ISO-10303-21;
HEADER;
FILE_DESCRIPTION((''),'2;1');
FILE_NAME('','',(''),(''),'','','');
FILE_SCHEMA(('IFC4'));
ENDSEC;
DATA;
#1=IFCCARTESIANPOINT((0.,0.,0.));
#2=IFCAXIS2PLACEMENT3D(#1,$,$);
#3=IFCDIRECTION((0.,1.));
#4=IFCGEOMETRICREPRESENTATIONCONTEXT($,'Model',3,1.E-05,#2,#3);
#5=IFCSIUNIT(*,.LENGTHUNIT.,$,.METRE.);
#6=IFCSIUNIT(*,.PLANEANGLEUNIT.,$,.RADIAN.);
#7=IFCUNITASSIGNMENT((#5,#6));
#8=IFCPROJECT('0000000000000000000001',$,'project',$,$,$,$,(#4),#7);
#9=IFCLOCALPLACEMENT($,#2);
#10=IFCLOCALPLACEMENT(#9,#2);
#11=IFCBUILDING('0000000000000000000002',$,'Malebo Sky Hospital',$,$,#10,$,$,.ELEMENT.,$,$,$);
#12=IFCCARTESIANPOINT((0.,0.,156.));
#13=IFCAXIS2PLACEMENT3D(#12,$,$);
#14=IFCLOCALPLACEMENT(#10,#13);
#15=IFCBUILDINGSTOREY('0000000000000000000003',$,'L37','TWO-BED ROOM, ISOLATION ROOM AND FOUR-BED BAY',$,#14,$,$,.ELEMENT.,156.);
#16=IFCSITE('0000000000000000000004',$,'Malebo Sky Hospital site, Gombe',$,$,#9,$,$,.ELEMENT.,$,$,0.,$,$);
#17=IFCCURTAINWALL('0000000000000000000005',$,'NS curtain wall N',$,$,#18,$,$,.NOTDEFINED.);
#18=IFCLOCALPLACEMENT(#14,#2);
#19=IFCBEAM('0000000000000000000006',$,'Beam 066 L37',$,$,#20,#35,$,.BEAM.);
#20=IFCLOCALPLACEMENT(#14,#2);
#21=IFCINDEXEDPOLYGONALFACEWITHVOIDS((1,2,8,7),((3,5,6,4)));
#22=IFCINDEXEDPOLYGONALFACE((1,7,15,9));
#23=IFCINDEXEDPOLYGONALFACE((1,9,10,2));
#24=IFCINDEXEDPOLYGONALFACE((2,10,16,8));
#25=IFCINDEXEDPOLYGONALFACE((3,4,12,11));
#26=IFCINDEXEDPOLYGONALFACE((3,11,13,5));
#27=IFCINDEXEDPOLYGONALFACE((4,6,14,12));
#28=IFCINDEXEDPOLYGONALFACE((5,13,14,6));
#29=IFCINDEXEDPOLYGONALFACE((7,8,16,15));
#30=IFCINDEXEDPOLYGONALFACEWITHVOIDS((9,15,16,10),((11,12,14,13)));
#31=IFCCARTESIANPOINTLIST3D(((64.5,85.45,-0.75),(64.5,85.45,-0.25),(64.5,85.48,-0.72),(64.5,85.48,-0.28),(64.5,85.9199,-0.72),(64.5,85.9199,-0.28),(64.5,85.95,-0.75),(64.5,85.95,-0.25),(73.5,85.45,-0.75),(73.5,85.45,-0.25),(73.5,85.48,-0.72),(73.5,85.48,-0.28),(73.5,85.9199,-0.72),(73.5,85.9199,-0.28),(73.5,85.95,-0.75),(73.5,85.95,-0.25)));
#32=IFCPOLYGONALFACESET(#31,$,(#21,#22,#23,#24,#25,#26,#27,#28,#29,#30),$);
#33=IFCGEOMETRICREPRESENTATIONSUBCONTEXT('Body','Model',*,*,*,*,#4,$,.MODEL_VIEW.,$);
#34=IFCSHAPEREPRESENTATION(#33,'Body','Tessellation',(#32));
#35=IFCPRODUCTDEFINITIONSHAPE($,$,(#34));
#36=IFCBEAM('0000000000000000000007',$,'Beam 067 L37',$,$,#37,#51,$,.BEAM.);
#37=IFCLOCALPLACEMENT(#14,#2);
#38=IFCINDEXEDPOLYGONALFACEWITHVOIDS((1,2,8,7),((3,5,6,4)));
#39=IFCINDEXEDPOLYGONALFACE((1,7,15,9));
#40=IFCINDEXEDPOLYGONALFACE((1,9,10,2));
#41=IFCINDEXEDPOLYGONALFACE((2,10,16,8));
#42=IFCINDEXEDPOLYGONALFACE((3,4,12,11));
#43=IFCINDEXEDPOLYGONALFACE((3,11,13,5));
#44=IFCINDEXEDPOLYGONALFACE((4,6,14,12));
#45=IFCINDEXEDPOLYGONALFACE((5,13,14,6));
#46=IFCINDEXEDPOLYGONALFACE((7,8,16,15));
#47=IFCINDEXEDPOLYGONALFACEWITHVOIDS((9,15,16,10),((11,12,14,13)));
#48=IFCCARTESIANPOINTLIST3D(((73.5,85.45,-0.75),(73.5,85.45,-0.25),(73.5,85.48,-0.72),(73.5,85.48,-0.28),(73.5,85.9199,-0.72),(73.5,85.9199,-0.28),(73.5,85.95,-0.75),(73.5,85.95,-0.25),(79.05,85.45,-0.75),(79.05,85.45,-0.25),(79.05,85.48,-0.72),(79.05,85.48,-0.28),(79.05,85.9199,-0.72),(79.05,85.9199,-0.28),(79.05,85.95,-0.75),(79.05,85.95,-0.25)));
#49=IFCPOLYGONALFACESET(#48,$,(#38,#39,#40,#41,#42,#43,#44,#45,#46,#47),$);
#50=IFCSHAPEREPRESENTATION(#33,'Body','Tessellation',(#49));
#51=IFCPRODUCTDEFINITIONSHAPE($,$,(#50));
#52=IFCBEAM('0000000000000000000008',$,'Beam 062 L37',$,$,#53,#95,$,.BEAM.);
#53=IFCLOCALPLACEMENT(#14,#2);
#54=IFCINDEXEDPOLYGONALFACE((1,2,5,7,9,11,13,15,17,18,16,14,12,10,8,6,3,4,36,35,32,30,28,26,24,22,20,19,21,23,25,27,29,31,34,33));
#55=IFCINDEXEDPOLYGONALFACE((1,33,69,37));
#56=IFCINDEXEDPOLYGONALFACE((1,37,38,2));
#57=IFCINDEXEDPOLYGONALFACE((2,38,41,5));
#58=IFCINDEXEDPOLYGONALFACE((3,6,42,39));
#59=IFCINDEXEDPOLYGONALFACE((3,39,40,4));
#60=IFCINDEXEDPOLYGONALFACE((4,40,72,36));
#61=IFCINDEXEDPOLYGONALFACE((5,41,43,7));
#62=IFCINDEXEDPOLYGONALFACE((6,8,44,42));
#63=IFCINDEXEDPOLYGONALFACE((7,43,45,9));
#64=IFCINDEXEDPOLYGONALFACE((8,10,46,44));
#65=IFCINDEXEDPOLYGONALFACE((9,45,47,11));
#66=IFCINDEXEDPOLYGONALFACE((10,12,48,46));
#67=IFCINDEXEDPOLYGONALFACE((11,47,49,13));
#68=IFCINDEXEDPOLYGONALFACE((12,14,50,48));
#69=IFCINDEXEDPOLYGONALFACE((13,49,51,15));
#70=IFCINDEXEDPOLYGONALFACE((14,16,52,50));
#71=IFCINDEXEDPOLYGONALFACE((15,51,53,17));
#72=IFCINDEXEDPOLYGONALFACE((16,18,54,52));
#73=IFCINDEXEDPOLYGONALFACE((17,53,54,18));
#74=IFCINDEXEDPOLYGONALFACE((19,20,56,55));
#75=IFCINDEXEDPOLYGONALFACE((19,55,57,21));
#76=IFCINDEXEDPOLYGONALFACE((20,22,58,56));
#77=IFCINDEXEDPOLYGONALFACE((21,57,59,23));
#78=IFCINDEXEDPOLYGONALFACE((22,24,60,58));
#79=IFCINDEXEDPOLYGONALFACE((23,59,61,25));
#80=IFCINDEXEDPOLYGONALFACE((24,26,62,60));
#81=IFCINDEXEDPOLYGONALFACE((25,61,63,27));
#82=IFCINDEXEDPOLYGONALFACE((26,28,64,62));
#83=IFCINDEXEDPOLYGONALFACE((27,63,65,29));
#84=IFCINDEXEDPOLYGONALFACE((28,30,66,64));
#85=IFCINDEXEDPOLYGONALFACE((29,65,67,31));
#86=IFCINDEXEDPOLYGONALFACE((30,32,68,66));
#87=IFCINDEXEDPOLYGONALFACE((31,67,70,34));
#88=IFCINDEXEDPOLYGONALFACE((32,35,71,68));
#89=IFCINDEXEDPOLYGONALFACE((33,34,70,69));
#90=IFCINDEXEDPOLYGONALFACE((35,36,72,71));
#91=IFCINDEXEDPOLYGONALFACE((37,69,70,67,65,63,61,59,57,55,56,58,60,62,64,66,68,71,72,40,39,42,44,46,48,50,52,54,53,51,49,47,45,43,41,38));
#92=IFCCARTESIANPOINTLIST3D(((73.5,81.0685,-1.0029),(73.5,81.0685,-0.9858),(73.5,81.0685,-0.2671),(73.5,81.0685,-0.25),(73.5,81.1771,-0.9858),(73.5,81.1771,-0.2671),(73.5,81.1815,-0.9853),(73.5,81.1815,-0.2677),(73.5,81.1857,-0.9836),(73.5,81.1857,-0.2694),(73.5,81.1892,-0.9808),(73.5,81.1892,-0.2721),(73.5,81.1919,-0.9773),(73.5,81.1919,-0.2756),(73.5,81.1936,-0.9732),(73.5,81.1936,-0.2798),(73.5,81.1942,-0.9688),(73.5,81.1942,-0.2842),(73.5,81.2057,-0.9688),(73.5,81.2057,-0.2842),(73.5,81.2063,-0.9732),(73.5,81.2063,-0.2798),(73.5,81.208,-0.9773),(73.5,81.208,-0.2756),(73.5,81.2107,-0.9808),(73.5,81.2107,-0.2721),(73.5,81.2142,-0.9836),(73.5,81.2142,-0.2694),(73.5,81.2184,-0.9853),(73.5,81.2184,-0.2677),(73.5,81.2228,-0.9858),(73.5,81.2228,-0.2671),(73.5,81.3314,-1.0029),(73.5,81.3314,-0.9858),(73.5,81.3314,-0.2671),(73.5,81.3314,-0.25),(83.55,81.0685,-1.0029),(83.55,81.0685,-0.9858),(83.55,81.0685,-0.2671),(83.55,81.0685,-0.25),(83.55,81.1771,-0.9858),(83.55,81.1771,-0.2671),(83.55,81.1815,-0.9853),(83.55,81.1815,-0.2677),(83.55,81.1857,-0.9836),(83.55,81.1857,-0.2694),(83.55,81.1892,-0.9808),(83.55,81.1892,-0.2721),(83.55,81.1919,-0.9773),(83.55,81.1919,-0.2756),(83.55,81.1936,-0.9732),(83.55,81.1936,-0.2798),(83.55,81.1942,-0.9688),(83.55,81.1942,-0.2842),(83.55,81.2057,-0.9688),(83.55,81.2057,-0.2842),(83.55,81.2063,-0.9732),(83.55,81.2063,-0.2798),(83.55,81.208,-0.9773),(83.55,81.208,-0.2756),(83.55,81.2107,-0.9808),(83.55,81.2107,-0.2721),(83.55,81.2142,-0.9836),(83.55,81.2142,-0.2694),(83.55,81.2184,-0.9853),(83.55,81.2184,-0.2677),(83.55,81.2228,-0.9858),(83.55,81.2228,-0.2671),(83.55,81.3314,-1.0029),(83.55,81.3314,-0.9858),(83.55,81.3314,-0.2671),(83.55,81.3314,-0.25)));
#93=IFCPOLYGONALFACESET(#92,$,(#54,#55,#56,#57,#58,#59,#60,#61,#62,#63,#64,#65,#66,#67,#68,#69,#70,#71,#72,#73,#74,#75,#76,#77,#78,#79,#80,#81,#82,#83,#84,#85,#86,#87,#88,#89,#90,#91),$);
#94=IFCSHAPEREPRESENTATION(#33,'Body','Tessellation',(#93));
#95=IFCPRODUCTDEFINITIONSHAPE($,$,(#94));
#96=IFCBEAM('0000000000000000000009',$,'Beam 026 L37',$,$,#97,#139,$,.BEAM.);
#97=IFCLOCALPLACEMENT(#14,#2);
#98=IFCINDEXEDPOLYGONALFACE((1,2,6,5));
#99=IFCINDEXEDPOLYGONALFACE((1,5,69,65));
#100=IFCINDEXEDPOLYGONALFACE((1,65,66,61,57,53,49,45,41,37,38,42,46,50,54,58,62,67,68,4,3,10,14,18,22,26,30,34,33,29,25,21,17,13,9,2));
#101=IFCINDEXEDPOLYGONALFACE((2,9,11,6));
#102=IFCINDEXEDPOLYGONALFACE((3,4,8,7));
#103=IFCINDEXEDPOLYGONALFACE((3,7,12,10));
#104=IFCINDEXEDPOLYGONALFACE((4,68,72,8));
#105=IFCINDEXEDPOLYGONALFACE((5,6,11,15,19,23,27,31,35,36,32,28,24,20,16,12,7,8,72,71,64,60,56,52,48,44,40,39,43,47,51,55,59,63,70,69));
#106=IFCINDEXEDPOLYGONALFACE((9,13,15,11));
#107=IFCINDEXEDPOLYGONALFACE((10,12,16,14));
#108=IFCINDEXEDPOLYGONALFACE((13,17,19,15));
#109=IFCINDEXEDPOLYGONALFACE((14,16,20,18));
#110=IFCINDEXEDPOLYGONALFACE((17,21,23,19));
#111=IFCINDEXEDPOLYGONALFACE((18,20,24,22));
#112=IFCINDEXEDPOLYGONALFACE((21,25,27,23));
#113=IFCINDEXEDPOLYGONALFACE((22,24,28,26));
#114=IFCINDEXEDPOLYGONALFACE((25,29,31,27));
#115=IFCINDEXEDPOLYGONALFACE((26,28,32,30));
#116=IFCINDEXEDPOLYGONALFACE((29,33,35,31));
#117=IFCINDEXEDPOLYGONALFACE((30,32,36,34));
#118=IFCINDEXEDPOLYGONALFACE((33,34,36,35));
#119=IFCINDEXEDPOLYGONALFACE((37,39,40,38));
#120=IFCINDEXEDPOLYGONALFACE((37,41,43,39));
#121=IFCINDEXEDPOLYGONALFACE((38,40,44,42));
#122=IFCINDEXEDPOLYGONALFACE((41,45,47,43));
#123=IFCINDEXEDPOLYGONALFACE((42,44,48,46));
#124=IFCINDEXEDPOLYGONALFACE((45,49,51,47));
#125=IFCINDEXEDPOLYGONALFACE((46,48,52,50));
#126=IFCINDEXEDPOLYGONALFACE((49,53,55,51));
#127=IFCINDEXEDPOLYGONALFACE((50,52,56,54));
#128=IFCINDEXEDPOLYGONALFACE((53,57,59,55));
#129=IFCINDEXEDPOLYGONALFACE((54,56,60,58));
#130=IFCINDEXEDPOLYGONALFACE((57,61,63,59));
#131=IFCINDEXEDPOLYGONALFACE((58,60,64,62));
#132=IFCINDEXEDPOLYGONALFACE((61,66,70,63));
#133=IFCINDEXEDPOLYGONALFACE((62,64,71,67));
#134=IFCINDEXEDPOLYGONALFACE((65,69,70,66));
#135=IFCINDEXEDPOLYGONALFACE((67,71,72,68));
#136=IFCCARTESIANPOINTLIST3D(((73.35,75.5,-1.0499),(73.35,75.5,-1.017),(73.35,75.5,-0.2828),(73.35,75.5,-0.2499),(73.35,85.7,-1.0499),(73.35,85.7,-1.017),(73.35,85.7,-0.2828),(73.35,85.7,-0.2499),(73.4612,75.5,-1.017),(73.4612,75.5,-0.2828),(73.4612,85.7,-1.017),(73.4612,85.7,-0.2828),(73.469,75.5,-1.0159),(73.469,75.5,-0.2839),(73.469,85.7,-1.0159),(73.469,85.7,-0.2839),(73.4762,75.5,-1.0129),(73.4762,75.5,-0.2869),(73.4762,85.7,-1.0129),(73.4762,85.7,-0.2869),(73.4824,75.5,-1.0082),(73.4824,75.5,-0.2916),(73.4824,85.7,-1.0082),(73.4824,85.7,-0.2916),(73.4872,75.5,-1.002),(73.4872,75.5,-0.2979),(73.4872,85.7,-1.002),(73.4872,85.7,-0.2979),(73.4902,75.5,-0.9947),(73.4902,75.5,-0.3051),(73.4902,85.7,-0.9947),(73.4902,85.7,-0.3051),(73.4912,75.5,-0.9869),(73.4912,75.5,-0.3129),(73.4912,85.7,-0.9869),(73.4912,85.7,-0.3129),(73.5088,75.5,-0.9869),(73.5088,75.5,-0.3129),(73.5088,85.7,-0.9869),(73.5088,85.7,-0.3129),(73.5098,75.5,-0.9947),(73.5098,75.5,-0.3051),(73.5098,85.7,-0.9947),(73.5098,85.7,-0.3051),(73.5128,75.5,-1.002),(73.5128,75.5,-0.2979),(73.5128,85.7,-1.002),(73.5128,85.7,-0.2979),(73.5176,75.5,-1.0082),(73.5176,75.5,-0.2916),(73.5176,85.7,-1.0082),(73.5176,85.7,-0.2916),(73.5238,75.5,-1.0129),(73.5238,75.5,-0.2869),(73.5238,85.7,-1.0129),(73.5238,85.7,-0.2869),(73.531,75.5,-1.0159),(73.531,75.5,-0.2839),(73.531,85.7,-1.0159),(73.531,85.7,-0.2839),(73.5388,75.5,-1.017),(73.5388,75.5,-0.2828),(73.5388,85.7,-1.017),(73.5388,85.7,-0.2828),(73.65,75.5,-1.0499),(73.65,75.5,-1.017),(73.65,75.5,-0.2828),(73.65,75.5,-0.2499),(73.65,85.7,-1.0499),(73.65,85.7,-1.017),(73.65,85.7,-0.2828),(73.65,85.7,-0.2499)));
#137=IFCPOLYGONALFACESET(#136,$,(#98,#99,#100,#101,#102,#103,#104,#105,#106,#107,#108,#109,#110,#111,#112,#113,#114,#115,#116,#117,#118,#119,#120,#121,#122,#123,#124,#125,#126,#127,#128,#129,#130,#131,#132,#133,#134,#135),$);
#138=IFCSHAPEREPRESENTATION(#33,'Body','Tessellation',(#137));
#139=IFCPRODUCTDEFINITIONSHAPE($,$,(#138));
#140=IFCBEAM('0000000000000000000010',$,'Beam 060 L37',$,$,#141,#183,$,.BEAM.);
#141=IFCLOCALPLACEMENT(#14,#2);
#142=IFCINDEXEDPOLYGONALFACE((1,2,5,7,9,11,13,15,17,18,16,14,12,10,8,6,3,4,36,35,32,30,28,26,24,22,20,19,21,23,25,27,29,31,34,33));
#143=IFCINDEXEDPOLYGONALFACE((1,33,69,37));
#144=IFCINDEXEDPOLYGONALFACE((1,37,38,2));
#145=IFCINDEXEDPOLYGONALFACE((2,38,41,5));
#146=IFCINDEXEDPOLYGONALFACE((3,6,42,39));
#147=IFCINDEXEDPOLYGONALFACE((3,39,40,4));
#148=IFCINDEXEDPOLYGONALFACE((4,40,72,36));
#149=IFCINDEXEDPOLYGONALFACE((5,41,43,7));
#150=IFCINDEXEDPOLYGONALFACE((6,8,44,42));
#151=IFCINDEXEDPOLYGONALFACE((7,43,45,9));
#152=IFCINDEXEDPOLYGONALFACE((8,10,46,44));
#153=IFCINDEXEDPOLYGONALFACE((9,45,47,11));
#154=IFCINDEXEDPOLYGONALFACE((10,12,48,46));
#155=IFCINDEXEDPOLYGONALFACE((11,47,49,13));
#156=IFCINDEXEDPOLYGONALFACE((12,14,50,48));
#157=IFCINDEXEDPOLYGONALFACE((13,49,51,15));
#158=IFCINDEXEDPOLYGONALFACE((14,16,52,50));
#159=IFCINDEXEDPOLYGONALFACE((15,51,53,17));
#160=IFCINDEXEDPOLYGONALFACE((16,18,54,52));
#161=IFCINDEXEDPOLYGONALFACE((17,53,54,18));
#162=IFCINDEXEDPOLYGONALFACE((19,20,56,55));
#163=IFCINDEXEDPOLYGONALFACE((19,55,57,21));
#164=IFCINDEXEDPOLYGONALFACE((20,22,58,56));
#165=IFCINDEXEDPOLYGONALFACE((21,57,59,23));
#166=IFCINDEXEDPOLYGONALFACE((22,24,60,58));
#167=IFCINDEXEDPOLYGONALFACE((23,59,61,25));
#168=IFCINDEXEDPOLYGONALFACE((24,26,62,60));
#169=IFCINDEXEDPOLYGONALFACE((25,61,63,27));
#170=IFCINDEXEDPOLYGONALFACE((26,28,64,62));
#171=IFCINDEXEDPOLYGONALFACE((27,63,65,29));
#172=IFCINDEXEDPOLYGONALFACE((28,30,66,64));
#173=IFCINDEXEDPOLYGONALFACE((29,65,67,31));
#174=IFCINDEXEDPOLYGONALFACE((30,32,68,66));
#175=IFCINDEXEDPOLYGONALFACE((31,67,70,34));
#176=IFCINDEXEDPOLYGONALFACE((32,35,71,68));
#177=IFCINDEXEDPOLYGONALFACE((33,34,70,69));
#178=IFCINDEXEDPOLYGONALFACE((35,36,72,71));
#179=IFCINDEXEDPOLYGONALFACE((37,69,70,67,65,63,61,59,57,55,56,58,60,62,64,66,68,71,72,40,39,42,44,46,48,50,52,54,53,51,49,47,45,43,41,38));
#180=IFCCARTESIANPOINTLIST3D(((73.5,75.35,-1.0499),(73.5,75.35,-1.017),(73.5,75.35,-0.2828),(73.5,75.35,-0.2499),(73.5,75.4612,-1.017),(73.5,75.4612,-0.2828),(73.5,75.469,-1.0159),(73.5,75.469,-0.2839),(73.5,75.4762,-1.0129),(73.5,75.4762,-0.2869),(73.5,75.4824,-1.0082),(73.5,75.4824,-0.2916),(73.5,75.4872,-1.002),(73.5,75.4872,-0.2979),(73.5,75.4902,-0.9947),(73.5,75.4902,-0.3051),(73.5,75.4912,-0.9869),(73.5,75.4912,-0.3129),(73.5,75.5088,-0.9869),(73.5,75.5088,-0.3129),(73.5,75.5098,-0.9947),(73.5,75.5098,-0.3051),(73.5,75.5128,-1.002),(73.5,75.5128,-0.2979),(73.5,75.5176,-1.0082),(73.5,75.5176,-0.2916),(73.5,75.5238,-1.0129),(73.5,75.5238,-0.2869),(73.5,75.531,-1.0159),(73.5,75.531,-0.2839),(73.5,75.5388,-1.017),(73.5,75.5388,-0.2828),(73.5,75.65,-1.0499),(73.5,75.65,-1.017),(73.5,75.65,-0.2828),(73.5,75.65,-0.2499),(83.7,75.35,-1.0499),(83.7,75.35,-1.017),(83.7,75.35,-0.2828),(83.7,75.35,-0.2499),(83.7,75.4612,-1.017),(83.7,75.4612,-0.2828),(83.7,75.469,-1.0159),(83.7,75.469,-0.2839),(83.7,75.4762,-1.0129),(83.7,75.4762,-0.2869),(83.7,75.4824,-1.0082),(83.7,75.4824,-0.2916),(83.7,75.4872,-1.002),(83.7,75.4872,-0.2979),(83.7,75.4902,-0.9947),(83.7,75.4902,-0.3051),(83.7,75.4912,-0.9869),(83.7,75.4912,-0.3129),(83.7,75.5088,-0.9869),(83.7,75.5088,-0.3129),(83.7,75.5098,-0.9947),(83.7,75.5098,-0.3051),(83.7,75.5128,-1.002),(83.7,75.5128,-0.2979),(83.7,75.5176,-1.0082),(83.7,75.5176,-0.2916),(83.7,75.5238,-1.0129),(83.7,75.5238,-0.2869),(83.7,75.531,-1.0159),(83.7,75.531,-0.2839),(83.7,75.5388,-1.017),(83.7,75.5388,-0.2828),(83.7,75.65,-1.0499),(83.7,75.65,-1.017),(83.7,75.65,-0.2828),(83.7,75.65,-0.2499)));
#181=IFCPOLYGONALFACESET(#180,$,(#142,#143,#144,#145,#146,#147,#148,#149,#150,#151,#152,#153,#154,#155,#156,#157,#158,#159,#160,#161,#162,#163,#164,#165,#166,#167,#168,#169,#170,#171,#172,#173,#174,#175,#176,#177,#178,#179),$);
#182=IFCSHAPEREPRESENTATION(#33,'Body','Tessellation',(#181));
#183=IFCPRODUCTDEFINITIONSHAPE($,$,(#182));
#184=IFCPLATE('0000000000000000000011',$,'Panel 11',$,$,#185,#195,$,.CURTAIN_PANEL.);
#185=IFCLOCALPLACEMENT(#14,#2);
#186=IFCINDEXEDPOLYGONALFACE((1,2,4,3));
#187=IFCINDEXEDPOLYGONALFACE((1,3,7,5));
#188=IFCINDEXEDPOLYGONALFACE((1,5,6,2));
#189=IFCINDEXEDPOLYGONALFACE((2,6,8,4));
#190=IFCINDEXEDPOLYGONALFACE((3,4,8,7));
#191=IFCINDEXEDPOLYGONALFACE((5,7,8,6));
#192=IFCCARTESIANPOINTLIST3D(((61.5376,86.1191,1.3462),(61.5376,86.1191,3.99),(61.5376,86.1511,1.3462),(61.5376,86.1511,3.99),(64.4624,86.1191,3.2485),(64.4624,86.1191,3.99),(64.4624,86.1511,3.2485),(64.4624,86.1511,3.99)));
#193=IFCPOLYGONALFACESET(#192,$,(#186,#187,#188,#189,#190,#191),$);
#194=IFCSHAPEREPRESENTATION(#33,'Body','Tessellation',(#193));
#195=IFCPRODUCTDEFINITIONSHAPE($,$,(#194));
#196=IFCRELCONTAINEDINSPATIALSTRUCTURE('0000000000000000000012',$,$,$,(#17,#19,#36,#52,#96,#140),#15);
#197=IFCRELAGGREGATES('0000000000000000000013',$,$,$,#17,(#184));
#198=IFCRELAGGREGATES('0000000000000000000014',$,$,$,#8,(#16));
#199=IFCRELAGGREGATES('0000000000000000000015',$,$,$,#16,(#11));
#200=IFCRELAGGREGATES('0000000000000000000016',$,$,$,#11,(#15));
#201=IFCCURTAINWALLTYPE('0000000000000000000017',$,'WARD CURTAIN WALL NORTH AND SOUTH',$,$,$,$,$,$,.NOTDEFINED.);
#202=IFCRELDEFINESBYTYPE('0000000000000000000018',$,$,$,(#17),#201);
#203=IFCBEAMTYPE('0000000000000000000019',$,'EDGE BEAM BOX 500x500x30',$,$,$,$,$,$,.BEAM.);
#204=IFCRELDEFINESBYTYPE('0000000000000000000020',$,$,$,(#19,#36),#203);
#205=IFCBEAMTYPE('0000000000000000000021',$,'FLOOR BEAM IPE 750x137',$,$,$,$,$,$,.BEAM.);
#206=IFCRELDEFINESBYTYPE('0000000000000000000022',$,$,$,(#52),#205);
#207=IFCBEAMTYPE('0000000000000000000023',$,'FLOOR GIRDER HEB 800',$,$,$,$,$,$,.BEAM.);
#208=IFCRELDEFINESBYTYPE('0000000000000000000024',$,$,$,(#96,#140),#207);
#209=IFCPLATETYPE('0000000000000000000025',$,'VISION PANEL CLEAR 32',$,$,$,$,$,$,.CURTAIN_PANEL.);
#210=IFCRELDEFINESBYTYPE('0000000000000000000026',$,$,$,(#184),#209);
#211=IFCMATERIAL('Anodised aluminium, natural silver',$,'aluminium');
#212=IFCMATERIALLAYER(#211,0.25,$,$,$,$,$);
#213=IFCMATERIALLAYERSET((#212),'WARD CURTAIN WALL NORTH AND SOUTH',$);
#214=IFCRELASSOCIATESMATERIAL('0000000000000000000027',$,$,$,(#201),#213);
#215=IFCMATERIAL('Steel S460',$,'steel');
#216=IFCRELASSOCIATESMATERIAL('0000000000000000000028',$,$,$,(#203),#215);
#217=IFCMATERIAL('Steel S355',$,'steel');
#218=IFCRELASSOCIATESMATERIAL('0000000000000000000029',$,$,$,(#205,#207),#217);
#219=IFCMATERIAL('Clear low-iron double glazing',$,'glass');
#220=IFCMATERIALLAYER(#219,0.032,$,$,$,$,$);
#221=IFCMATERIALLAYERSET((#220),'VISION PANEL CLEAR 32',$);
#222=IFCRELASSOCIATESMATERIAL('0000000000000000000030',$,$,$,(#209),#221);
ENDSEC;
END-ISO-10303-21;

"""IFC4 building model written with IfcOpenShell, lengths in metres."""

from ifc_helpers import new_model, si_unit, direction, frame, origin, origin_2d, place, context, subcontext, project, spatial, polyline, hollow_rectangle, i_section, outline, extrude, material, layer, layer_set, material_profile, profile_set, type_object, element, aggregate, save


model = new_model("IFC4")

# Units and contexts
model_context = context("Model", 3, precision=1e-05, world=origin(), true_north=direction((0.0, 1.0)))
body_context = subcontext(model_context, "Body", "Model", "MODEL_VIEW")
ifc_project = project(units=[si_unit("LENGTHUNIT", "METRE"), si_unit("PLANEANGLEUNIT", "RADIAN")], contexts=[model_context])

# Site, building, storey
site_placement = place(None, origin())
site = spatial("IfcSite", under=ifc_project, at=site_placement, Name="Malebo Sky Hospital site, Gombe", CompositionType="ELEMENT", RefElevation=0.0)
building_placement = place(site_placement, origin())
building = spatial("IfcBuilding", under=site, at=building_placement, Name="Malebo Sky Hospital", CompositionType="ELEMENT")
storey_placement = place(building_placement, frame((0.0, 0.0, 156.0)))
storey = spatial("IfcBuildingStorey", under=building, at=storey_placement, Name="L37", Description="TWO-BED ROOM, ISOLATION ROOM AND FOUR-BED BAY", CompositionType="ELEMENT", Elevation=156.0)

# Shared definitions
ifc_material_1 = material(Name="Steel S460", Category="steel")

# Curtain wall
ifc_material_2 = material(Name="Anodised aluminium, natural silver", Category="aluminium")
ifc_layer_1 = layer(ifc_material_2, 0.25)
ifc_layer_set_1 = layer_set([ifc_layer_1], Name="WARD CURTAIN WALL NORTH AND SOUTH")
curtain_wall_type = type_object("IfcCurtainWallType", Name="WARD CURTAIN WALL NORTH AND SOUTH", PredefinedType="NOTDEFINED", material=ifc_layer_set_1)
curtain_wall_placement = place(storey_placement, origin())
curtain_wall = element("IfcCurtainWall", 1, at=curtain_wall_placement, inside=storey, type_object=curtain_wall_type, Name="NS curtain wall N", PredefinedType="NOTDEFINED")

# Beams
ifc_material_profile_1 = material_profile(ifc_material_1, hollow_rectangle(XDim=0.5, YDim=0.5, WallThickness=0.03, at=origin_2d()), Name="BOX 500x500x30")
ifc_profile_set_1 = profile_set([ifc_material_profile_1], Name="Steel S460")
beam_type_1 = type_object("IfcBeamType", Name="EDGE BEAM BOX 500x500x30", PredefinedType="BEAM", material=ifc_profile_set_1)
beam_1_placement = place(storey_placement, frame((64.5, 85.7, -0.5), z_axis=(1.0, 0.0, 0.0), x_axis=(0.0, 1.0, 0.0)))
element("IfcBeam", 2, at=beam_1_placement, inside=storey, type_object=beam_type_1, Name="Beam 066 L37", PredefinedType="BEAM", context=body_context, shape_type="SweptSolid", body=[
    extrude(hollow_rectangle(XDim=0.5, YDim=0.5, WallThickness=0.03, at=origin_2d()), origin(), (0.0, 0.0, 1.0), 9.0),
])
beam_2_placement = place(storey_placement, frame((73.5, 85.7, -0.5), z_axis=(1.0, 0.0, 0.0), x_axis=(0.0, 1.0, 0.0)))
element("IfcBeam", 3, at=beam_2_placement, inside=storey, type_object=beam_type_1, Name="Beam 067 L37", PredefinedType="BEAM", context=body_context, shape_type="SweptSolid", body=[
    extrude(hollow_rectangle(XDim=0.5, YDim=0.5, WallThickness=0.03, at=origin_2d()), origin(), (0.0, 0.0, 1.0), 5.55),
])
ifc_material_3 = material(Name="Steel S355", Category="steel")
ifc_material_profile_2 = material_profile(ifc_material_3, i_section(OverallWidth=0.2629, OverallDepth=0.7529, WebThickness=0.0115, FlangeThickness=0.0171, FilletRadius=0.0171, at=origin_2d()), Name="IPE 750x137")
ifc_profile_set_2 = profile_set([ifc_material_profile_2], Name="Steel S355")
beam_type_2 = type_object("IfcBeamType", Name="FLOOR BEAM IPE 750x137", PredefinedType="BEAM", material=ifc_profile_set_2)
beam_3_placement = place(storey_placement, frame((73.5, 81.2, -0.6265), z_axis=(1.0, 0.0, 0.0), x_axis=(0.0, 1.0, 0.0)))
element("IfcBeam", 4, at=beam_3_placement, inside=storey, type_object=beam_type_2, Name="Beam 062 L37", PredefinedType="BEAM", context=body_context, shape_type="SweptSolid", body=[
    extrude(i_section(OverallWidth=0.2629, OverallDepth=0.7529, WebThickness=0.0115, FlangeThickness=0.0171, FilletRadius=0.0171, at=origin_2d()), origin(), (0.0, 0.0, 1.0), 10.05),
])
ifc_material_profile_3 = material_profile(ifc_material_3, i_section(OverallWidth=0.3, OverallDepth=0.8, WebThickness=0.0176, FlangeThickness=0.033, FilletRadius=0.03, at=origin_2d()), Name="HEB 800")
ifc_profile_set_3 = profile_set([ifc_material_profile_3], Name="Steel S355")
beam_type_3 = type_object("IfcBeamType", Name="FLOOR GIRDER HEB 800", PredefinedType="BEAM", material=ifc_profile_set_3)
for number, where, z_axis, x_axis, name in (
    (5, (73.5, 75.5, -0.6499), (0.0, 1.0, 0.0), (-1.0, 0.0, 0.0), "Beam 026 L37"),
    (6, (73.5, 75.5, -0.6499), (1.0, 0.0, 0.0), (0.0, 1.0, 0.0), "Beam 060 L37"),
):
    element("IfcBeam", number, at=place(storey_placement, frame(where, z_axis=z_axis, x_axis=x_axis)), inside=storey, type_object=beam_type_3, Name=name, PredefinedType="BEAM", context=body_context, shape_type="SweptSolid", body=[
        extrude(i_section(OverallWidth=0.3, OverallDepth=0.8, WebThickness=0.0176, FlangeThickness=0.033, FilletRadius=0.03, at=origin_2d()), origin(), (0.0, 0.0, 1.0), 10.2),
    ])

# Plate
ifc_material_4 = material(Name="Clear low-iron double glazing", Category="glass")
ifc_layer_2 = layer(ifc_material_4, 0.032)
ifc_layer_set_2 = layer_set([ifc_layer_2], Name="VISION PANEL CLEAR 32")
plate_type = type_object("IfcPlateType", Name="VISION PANEL CLEAR 32", PredefinedType="CURTAIN_PANEL", material=ifc_layer_set_2)
plate_1_placement = place(storey_placement, frame((63.0, 86.135, 1.3462), z_axis=(0.0, 0.0, 1.0), x_axis=(1.0, 0.0, 0.0)))
plate_1 = element("IfcPlate", 7, at=plate_1_placement, type_object=plate_type, Name="Panel 11", PredefinedType="CURTAIN_PANEL", context=body_context, shape_type="SweptSolid", body=[
    extrude(outline(polyline([(-1.4624, 0.0), (1.4624, 1.9023), (1.4624, 2.6438), (-1.4624, 2.6438), (-1.4624, 0.0)])), frame((0.0, 0.0161, 0.0), z_axis=(0.0, -1.0, 0.0), x_axis=(1.0, 0.0, 0.0)), (0.0, 0.0, 1.0), 0.032),
])
aggregate(curtain_wall, [plate_1])

save(model, "model.ifc")
